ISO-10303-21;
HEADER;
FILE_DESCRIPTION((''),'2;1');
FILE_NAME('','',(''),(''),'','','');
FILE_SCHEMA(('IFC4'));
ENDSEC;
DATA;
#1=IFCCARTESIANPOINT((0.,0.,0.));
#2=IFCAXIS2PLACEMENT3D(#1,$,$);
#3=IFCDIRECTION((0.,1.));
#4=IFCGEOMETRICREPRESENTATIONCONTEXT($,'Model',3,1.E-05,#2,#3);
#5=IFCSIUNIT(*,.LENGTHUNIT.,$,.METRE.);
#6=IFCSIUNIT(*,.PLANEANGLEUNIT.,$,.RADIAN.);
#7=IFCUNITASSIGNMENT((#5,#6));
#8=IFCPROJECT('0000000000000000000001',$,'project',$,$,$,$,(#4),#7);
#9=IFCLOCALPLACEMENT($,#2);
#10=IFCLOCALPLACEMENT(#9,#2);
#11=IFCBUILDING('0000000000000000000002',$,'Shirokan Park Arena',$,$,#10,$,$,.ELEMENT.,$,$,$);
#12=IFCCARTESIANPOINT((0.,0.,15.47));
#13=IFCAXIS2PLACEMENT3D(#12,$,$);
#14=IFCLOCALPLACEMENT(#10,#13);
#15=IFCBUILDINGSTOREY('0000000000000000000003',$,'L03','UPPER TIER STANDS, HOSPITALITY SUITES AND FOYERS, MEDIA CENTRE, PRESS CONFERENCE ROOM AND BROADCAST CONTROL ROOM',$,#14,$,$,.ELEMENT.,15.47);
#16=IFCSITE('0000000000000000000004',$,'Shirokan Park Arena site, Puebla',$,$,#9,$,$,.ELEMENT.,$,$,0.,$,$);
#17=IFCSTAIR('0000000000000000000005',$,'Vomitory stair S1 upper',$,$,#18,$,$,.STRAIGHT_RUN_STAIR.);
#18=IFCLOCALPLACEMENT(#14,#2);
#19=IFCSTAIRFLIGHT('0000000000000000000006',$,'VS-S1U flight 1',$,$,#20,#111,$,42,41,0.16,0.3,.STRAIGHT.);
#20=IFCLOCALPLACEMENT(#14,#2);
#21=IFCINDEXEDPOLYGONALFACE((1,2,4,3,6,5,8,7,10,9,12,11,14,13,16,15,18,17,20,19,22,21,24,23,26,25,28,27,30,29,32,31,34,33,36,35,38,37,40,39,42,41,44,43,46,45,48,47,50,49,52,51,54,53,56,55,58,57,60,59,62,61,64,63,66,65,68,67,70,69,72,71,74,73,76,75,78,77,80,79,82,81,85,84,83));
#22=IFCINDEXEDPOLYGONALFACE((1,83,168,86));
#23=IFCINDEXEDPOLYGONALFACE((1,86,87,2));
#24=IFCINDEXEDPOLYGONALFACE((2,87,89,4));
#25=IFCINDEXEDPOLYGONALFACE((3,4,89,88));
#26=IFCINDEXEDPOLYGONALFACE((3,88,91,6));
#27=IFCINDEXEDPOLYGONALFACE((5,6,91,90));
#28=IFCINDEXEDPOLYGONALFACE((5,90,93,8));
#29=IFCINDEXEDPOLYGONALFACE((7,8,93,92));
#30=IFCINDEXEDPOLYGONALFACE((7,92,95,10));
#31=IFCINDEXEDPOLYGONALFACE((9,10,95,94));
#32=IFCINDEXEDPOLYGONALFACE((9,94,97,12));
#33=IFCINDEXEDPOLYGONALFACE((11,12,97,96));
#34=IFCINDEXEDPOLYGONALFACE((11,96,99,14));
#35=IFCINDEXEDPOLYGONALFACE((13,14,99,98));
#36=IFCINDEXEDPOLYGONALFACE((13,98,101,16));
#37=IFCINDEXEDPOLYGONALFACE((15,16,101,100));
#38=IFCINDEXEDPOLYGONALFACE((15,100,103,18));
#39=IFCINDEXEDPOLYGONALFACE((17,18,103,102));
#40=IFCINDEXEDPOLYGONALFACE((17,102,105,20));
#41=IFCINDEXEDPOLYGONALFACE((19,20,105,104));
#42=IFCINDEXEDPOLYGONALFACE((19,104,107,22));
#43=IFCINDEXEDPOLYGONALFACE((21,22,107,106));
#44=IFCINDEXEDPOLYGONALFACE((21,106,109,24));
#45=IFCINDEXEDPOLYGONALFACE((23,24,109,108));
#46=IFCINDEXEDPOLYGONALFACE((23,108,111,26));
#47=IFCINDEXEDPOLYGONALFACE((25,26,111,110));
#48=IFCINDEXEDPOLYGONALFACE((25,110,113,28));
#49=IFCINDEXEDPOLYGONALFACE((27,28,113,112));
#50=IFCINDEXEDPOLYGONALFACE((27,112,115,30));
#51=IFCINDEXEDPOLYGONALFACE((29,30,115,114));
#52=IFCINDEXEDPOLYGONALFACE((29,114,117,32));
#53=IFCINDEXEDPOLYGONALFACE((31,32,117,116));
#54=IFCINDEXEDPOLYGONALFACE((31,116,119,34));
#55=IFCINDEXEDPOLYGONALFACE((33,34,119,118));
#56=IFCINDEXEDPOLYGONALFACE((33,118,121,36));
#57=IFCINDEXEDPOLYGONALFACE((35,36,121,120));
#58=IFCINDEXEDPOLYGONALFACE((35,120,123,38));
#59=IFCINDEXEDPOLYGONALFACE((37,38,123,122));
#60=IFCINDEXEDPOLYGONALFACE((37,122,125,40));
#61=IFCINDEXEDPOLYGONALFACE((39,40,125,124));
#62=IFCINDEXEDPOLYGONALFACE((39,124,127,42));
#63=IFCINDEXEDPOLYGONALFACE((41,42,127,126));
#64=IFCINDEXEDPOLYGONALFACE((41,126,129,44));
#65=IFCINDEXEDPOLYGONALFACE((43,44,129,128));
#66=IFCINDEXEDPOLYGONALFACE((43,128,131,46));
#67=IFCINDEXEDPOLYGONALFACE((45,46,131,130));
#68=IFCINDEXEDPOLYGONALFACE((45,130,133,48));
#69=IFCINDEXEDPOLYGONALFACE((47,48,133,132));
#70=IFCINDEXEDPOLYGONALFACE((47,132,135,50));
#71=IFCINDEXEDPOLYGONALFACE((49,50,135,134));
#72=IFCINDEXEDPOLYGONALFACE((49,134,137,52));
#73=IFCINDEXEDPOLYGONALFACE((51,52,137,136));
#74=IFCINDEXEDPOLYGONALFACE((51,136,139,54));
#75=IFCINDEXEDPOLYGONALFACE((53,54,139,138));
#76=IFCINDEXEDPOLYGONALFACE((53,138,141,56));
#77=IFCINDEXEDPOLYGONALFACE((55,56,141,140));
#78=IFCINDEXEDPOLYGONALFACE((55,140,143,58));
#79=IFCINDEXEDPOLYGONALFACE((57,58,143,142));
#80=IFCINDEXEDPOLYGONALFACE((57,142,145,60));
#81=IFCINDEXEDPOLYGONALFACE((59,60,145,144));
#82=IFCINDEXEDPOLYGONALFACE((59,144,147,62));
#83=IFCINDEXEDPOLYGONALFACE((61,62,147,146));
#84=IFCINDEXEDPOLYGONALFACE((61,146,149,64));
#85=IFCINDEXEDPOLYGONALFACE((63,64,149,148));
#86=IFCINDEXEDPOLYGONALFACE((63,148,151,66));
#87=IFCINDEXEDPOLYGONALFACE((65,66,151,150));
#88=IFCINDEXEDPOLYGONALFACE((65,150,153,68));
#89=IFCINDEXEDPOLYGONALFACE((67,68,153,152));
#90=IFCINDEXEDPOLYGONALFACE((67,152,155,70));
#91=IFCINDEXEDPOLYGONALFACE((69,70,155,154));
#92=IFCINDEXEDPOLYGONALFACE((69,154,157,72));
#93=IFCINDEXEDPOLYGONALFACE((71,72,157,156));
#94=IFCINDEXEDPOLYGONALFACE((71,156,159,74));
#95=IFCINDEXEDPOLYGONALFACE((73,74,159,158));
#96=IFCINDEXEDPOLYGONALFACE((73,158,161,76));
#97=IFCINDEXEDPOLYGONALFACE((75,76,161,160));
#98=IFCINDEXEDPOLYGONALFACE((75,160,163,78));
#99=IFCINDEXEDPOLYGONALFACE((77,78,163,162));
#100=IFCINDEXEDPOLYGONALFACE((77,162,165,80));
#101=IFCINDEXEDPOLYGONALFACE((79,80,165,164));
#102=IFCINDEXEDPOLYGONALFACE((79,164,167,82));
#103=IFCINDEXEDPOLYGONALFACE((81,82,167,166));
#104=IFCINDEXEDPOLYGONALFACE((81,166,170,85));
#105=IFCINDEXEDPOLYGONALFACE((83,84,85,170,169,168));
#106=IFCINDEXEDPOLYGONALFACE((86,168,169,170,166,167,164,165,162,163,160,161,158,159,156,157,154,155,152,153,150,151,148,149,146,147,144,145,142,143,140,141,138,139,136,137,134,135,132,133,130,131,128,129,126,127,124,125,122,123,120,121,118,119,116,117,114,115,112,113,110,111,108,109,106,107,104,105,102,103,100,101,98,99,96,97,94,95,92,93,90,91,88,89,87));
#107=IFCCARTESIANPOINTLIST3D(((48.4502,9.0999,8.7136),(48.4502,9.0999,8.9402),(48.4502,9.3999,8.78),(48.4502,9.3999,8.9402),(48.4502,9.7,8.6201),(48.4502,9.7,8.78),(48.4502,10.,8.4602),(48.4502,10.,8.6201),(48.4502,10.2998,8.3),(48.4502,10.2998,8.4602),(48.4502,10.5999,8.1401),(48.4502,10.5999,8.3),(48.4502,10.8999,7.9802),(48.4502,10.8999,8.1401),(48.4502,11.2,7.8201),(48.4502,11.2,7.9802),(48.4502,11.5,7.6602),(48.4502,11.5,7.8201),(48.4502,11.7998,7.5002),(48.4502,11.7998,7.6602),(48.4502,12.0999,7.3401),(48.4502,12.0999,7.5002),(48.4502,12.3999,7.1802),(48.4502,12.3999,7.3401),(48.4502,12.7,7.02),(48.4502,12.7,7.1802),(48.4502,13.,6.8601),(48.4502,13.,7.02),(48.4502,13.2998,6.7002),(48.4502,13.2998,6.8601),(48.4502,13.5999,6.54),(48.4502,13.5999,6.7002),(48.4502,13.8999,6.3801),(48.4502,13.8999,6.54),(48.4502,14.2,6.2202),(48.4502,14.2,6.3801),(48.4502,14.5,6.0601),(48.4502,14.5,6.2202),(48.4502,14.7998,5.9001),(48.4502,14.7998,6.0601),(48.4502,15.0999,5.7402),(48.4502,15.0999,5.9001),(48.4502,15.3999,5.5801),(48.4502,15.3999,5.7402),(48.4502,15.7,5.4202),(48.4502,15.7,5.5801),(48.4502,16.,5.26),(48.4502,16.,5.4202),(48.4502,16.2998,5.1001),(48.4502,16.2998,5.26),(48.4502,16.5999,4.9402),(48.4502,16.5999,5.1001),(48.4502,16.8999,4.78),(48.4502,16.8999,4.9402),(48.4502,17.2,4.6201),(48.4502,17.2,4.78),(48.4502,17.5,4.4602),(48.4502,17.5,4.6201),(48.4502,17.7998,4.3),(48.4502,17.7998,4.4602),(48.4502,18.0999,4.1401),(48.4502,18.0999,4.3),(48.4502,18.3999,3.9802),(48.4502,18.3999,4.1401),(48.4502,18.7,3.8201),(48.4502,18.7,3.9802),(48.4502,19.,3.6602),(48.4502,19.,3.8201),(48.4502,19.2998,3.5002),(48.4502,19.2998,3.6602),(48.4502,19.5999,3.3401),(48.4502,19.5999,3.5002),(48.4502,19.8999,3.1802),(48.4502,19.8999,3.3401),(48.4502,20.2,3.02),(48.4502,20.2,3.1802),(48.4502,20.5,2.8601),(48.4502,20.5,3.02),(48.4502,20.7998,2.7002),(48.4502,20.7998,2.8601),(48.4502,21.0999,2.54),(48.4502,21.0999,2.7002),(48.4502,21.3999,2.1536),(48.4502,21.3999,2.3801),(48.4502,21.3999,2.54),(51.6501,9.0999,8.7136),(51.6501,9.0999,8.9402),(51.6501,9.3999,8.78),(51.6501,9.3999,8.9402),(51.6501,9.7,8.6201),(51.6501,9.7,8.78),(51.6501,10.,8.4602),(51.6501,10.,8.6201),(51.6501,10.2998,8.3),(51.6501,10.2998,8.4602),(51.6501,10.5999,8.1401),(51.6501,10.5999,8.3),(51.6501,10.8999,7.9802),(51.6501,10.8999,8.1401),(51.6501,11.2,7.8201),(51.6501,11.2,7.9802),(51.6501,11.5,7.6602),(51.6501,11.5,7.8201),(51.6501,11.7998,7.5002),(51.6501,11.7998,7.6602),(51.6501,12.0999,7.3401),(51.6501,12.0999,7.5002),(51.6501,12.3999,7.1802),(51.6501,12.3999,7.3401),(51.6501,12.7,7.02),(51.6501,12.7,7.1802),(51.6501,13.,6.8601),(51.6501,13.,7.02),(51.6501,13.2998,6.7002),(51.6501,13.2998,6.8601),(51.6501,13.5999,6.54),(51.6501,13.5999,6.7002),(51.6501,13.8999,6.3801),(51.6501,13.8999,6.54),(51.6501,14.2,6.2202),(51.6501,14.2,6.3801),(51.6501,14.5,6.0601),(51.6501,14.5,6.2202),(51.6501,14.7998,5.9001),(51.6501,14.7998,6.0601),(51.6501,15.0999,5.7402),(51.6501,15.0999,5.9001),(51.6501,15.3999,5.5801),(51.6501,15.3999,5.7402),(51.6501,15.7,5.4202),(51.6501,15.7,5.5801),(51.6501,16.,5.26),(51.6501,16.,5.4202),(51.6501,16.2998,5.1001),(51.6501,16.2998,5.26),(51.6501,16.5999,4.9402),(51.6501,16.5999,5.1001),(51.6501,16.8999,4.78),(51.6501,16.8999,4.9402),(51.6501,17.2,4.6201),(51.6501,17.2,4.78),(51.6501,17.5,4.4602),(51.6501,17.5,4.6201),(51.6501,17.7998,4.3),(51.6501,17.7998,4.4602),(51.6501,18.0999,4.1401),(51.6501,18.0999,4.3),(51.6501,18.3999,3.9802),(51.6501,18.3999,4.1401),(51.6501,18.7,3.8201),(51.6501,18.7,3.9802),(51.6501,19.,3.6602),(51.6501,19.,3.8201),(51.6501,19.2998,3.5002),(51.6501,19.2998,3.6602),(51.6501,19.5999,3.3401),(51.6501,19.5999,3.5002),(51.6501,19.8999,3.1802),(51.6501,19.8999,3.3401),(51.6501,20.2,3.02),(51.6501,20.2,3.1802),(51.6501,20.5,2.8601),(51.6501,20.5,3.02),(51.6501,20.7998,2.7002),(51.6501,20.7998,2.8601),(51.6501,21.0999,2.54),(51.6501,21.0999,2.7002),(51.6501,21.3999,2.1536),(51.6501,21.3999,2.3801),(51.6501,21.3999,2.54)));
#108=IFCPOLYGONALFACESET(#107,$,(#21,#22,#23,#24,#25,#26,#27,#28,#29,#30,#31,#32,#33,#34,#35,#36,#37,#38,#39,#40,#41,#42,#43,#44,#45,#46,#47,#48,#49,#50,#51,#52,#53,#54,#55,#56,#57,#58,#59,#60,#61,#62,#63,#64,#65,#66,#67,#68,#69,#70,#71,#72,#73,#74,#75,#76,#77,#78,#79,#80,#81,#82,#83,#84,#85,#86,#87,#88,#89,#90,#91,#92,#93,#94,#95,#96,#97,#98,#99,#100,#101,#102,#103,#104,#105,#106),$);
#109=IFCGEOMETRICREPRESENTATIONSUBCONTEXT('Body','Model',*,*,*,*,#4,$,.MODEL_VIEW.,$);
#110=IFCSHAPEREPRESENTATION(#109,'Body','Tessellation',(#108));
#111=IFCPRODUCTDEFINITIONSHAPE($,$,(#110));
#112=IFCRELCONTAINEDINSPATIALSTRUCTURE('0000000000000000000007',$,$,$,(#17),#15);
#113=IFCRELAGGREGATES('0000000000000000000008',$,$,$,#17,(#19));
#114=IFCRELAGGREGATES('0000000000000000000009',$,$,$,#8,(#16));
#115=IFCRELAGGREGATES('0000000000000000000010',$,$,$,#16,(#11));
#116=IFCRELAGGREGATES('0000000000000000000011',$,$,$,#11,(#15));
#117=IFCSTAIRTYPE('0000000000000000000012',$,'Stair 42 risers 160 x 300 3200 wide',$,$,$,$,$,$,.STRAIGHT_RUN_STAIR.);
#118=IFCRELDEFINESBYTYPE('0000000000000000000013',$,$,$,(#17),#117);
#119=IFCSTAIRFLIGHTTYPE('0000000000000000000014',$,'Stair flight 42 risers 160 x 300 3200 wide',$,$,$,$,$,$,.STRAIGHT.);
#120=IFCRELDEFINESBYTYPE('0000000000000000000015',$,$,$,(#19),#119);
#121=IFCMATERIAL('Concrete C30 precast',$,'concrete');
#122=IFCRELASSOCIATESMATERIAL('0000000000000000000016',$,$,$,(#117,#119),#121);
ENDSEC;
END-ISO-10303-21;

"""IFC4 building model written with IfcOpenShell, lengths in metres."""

from ifc_helpers import new_model, si_unit, direction, frame, origin, place, context, subcontext, project, spatial, polyline, outline, extrude, material, type_object, element, aggregate, save


model = new_model("IFC4")

# Units and contexts
model_context = context("Model", 3, precision=1e-05, world=origin(), true_north=direction((0.0, 1.0)))
body_context = subcontext(model_context, "Body", "Model", "MODEL_VIEW")
ifc_project = project(units=[si_unit("LENGTHUNIT", "METRE"), si_unit("PLANEANGLEUNIT", "RADIAN")], contexts=[model_context])

# Site, building, storey
site_placement = place(None, origin())
site = spatial("IfcSite", under=ifc_project, at=site_placement, Name="Shirokan Park Arena site, Puebla", CompositionType="ELEMENT", RefElevation=0.0)
building_placement = place(site_placement, origin())
building = spatial("IfcBuilding", under=site, at=building_placement, Name="Shirokan Park Arena", CompositionType="ELEMENT")
storey_placement = place(building_placement, frame((0.0, 0.0, 15.47)))
storey = spatial("IfcBuildingStorey", under=building, at=storey_placement, Name="L03", Description="UPPER TIER STANDS, HOSPITALITY SUITES AND FOYERS, MEDIA CENTRE, PRESS CONFERENCE ROOM AND BROADCAST CONTROL ROOM", CompositionType="ELEMENT", Elevation=15.47)

# Stair, stair flight
ifc_material_1 = material(Name="Concrete C30 precast", Category="concrete")
stair_type = type_object("IfcStairType", Name="Stair 42 risers 160 x 300 3200 wide", PredefinedType="STRAIGHT_RUN_STAIR", material=ifc_material_1)
stair_1_placement = place(storey_placement, origin())
stair_1 = element("IfcStair", 1, at=stair_1_placement, inside=storey, type_object=stair_type, Name="Vomitory stair S1 upper", PredefinedType="STRAIGHT_RUN_STAIR")
stair_flight_type = type_object("IfcStairFlightType", Name="Stair flight 42 risers 160 x 300 3200 wide", PredefinedType="STRAIGHT", material=ifc_material_1)
stair_flight_1_placement = place(storey_placement, frame((50.05, 21.3999, 2.3801), z_axis=(0.0, 0.0, 1.0), x_axis=(0.0, -1.0, 0.0)))
stair_flight_1 = element("IfcStairFlight", 2, at=stair_flight_1_placement, type_object=stair_flight_type, Name="VS-S1U flight 1", NumberOfRisers=42, NumberOfTreads=41, PredefinedType="STRAIGHT", RiserHeight=0.16, TreadLength=0.3, context=body_context, shape_type="SweptSolid", body=[
    extrude(outline(polyline([(0.0, -0.2266), (0.0, 0.0), (0.0, 0.1599), (0.3, 0.1599), (0.3, 0.3201), (0.6001, 0.3201), (0.6001, 0.48), (0.8999, 0.48), (0.8999, 0.6399), (1.2, 0.6399), (1.2, 0.8), (1.5, 0.8), (1.5, 0.96), (1.8, 0.96), (1.8, 1.1201), (2.1001, 1.1201), (2.1001, 1.28), (2.3999, 1.28), (2.3999, 1.4399), (2.7, 1.4399), (2.7, 1.6001), (3.0, 1.6001), (3.0, 1.76), (3.3, 1.76), (3.3, 1.9199), (3.6001, 1.9199), (3.6001, 2.0801), (3.8999, 2.0801), (3.8999, 2.24), (4.2, 2.24), (4.2, 2.3999), (4.5, 2.3999), (4.5, 2.5601), (4.8, 2.5601), (4.8, 2.72), (5.1001, 2.72), (5.1001, 2.8799), (5.3999, 2.8799), (5.3999, 3.04), (5.7, 3.04), (5.7, 3.2), (6.0, 3.2), (6.0, 3.3601), (6.3, 3.3601), (6.3, 3.52), (6.6001, 3.52), (6.6001, 3.6799), (6.8999, 3.6799), (6.8999, 3.8401), (7.2, 3.8401), (7.2, 4.0), (7.5, 4.0), (7.5, 4.1599), (7.8, 4.1599), (7.8, 4.3201), (8.1001, 4.3201), (8.1001, 4.48), (8.3999, 4.48), (8.3999, 4.6399), (8.7, 4.6399), (8.7, 4.8), (9.0, 4.8), (9.0, 4.96), (9.3, 4.96), (9.3, 5.1201), (9.6001, 5.1201), (9.6001, 5.28), (9.8999, 5.28), (9.8999, 5.4399), (10.2, 5.4399), (10.2, 5.6001), (10.5, 5.6001), (10.5, 5.76), (10.8, 5.76), (10.8, 5.9199), (11.1001, 5.9199), (11.1001, 6.0801), (11.3999, 6.0801), (11.3999, 6.24), (11.7, 6.24), (11.7, 6.3999), (12.0, 6.3999), (12.0, 6.5601), (12.3, 6.5601), (12.3, 6.72), (12.3, 6.3335), (0.0, -0.2266)])), frame((0.0, 1.6001, 0.0), z_axis=(0.0, -1.0, 0.0), x_axis=(1.0, 0.0, 0.0)), (0.0, 0.0, 1.0), 3.2),
])
aggregate(stair_1, [stair_flight_1])

save(model, "model.ifc")
